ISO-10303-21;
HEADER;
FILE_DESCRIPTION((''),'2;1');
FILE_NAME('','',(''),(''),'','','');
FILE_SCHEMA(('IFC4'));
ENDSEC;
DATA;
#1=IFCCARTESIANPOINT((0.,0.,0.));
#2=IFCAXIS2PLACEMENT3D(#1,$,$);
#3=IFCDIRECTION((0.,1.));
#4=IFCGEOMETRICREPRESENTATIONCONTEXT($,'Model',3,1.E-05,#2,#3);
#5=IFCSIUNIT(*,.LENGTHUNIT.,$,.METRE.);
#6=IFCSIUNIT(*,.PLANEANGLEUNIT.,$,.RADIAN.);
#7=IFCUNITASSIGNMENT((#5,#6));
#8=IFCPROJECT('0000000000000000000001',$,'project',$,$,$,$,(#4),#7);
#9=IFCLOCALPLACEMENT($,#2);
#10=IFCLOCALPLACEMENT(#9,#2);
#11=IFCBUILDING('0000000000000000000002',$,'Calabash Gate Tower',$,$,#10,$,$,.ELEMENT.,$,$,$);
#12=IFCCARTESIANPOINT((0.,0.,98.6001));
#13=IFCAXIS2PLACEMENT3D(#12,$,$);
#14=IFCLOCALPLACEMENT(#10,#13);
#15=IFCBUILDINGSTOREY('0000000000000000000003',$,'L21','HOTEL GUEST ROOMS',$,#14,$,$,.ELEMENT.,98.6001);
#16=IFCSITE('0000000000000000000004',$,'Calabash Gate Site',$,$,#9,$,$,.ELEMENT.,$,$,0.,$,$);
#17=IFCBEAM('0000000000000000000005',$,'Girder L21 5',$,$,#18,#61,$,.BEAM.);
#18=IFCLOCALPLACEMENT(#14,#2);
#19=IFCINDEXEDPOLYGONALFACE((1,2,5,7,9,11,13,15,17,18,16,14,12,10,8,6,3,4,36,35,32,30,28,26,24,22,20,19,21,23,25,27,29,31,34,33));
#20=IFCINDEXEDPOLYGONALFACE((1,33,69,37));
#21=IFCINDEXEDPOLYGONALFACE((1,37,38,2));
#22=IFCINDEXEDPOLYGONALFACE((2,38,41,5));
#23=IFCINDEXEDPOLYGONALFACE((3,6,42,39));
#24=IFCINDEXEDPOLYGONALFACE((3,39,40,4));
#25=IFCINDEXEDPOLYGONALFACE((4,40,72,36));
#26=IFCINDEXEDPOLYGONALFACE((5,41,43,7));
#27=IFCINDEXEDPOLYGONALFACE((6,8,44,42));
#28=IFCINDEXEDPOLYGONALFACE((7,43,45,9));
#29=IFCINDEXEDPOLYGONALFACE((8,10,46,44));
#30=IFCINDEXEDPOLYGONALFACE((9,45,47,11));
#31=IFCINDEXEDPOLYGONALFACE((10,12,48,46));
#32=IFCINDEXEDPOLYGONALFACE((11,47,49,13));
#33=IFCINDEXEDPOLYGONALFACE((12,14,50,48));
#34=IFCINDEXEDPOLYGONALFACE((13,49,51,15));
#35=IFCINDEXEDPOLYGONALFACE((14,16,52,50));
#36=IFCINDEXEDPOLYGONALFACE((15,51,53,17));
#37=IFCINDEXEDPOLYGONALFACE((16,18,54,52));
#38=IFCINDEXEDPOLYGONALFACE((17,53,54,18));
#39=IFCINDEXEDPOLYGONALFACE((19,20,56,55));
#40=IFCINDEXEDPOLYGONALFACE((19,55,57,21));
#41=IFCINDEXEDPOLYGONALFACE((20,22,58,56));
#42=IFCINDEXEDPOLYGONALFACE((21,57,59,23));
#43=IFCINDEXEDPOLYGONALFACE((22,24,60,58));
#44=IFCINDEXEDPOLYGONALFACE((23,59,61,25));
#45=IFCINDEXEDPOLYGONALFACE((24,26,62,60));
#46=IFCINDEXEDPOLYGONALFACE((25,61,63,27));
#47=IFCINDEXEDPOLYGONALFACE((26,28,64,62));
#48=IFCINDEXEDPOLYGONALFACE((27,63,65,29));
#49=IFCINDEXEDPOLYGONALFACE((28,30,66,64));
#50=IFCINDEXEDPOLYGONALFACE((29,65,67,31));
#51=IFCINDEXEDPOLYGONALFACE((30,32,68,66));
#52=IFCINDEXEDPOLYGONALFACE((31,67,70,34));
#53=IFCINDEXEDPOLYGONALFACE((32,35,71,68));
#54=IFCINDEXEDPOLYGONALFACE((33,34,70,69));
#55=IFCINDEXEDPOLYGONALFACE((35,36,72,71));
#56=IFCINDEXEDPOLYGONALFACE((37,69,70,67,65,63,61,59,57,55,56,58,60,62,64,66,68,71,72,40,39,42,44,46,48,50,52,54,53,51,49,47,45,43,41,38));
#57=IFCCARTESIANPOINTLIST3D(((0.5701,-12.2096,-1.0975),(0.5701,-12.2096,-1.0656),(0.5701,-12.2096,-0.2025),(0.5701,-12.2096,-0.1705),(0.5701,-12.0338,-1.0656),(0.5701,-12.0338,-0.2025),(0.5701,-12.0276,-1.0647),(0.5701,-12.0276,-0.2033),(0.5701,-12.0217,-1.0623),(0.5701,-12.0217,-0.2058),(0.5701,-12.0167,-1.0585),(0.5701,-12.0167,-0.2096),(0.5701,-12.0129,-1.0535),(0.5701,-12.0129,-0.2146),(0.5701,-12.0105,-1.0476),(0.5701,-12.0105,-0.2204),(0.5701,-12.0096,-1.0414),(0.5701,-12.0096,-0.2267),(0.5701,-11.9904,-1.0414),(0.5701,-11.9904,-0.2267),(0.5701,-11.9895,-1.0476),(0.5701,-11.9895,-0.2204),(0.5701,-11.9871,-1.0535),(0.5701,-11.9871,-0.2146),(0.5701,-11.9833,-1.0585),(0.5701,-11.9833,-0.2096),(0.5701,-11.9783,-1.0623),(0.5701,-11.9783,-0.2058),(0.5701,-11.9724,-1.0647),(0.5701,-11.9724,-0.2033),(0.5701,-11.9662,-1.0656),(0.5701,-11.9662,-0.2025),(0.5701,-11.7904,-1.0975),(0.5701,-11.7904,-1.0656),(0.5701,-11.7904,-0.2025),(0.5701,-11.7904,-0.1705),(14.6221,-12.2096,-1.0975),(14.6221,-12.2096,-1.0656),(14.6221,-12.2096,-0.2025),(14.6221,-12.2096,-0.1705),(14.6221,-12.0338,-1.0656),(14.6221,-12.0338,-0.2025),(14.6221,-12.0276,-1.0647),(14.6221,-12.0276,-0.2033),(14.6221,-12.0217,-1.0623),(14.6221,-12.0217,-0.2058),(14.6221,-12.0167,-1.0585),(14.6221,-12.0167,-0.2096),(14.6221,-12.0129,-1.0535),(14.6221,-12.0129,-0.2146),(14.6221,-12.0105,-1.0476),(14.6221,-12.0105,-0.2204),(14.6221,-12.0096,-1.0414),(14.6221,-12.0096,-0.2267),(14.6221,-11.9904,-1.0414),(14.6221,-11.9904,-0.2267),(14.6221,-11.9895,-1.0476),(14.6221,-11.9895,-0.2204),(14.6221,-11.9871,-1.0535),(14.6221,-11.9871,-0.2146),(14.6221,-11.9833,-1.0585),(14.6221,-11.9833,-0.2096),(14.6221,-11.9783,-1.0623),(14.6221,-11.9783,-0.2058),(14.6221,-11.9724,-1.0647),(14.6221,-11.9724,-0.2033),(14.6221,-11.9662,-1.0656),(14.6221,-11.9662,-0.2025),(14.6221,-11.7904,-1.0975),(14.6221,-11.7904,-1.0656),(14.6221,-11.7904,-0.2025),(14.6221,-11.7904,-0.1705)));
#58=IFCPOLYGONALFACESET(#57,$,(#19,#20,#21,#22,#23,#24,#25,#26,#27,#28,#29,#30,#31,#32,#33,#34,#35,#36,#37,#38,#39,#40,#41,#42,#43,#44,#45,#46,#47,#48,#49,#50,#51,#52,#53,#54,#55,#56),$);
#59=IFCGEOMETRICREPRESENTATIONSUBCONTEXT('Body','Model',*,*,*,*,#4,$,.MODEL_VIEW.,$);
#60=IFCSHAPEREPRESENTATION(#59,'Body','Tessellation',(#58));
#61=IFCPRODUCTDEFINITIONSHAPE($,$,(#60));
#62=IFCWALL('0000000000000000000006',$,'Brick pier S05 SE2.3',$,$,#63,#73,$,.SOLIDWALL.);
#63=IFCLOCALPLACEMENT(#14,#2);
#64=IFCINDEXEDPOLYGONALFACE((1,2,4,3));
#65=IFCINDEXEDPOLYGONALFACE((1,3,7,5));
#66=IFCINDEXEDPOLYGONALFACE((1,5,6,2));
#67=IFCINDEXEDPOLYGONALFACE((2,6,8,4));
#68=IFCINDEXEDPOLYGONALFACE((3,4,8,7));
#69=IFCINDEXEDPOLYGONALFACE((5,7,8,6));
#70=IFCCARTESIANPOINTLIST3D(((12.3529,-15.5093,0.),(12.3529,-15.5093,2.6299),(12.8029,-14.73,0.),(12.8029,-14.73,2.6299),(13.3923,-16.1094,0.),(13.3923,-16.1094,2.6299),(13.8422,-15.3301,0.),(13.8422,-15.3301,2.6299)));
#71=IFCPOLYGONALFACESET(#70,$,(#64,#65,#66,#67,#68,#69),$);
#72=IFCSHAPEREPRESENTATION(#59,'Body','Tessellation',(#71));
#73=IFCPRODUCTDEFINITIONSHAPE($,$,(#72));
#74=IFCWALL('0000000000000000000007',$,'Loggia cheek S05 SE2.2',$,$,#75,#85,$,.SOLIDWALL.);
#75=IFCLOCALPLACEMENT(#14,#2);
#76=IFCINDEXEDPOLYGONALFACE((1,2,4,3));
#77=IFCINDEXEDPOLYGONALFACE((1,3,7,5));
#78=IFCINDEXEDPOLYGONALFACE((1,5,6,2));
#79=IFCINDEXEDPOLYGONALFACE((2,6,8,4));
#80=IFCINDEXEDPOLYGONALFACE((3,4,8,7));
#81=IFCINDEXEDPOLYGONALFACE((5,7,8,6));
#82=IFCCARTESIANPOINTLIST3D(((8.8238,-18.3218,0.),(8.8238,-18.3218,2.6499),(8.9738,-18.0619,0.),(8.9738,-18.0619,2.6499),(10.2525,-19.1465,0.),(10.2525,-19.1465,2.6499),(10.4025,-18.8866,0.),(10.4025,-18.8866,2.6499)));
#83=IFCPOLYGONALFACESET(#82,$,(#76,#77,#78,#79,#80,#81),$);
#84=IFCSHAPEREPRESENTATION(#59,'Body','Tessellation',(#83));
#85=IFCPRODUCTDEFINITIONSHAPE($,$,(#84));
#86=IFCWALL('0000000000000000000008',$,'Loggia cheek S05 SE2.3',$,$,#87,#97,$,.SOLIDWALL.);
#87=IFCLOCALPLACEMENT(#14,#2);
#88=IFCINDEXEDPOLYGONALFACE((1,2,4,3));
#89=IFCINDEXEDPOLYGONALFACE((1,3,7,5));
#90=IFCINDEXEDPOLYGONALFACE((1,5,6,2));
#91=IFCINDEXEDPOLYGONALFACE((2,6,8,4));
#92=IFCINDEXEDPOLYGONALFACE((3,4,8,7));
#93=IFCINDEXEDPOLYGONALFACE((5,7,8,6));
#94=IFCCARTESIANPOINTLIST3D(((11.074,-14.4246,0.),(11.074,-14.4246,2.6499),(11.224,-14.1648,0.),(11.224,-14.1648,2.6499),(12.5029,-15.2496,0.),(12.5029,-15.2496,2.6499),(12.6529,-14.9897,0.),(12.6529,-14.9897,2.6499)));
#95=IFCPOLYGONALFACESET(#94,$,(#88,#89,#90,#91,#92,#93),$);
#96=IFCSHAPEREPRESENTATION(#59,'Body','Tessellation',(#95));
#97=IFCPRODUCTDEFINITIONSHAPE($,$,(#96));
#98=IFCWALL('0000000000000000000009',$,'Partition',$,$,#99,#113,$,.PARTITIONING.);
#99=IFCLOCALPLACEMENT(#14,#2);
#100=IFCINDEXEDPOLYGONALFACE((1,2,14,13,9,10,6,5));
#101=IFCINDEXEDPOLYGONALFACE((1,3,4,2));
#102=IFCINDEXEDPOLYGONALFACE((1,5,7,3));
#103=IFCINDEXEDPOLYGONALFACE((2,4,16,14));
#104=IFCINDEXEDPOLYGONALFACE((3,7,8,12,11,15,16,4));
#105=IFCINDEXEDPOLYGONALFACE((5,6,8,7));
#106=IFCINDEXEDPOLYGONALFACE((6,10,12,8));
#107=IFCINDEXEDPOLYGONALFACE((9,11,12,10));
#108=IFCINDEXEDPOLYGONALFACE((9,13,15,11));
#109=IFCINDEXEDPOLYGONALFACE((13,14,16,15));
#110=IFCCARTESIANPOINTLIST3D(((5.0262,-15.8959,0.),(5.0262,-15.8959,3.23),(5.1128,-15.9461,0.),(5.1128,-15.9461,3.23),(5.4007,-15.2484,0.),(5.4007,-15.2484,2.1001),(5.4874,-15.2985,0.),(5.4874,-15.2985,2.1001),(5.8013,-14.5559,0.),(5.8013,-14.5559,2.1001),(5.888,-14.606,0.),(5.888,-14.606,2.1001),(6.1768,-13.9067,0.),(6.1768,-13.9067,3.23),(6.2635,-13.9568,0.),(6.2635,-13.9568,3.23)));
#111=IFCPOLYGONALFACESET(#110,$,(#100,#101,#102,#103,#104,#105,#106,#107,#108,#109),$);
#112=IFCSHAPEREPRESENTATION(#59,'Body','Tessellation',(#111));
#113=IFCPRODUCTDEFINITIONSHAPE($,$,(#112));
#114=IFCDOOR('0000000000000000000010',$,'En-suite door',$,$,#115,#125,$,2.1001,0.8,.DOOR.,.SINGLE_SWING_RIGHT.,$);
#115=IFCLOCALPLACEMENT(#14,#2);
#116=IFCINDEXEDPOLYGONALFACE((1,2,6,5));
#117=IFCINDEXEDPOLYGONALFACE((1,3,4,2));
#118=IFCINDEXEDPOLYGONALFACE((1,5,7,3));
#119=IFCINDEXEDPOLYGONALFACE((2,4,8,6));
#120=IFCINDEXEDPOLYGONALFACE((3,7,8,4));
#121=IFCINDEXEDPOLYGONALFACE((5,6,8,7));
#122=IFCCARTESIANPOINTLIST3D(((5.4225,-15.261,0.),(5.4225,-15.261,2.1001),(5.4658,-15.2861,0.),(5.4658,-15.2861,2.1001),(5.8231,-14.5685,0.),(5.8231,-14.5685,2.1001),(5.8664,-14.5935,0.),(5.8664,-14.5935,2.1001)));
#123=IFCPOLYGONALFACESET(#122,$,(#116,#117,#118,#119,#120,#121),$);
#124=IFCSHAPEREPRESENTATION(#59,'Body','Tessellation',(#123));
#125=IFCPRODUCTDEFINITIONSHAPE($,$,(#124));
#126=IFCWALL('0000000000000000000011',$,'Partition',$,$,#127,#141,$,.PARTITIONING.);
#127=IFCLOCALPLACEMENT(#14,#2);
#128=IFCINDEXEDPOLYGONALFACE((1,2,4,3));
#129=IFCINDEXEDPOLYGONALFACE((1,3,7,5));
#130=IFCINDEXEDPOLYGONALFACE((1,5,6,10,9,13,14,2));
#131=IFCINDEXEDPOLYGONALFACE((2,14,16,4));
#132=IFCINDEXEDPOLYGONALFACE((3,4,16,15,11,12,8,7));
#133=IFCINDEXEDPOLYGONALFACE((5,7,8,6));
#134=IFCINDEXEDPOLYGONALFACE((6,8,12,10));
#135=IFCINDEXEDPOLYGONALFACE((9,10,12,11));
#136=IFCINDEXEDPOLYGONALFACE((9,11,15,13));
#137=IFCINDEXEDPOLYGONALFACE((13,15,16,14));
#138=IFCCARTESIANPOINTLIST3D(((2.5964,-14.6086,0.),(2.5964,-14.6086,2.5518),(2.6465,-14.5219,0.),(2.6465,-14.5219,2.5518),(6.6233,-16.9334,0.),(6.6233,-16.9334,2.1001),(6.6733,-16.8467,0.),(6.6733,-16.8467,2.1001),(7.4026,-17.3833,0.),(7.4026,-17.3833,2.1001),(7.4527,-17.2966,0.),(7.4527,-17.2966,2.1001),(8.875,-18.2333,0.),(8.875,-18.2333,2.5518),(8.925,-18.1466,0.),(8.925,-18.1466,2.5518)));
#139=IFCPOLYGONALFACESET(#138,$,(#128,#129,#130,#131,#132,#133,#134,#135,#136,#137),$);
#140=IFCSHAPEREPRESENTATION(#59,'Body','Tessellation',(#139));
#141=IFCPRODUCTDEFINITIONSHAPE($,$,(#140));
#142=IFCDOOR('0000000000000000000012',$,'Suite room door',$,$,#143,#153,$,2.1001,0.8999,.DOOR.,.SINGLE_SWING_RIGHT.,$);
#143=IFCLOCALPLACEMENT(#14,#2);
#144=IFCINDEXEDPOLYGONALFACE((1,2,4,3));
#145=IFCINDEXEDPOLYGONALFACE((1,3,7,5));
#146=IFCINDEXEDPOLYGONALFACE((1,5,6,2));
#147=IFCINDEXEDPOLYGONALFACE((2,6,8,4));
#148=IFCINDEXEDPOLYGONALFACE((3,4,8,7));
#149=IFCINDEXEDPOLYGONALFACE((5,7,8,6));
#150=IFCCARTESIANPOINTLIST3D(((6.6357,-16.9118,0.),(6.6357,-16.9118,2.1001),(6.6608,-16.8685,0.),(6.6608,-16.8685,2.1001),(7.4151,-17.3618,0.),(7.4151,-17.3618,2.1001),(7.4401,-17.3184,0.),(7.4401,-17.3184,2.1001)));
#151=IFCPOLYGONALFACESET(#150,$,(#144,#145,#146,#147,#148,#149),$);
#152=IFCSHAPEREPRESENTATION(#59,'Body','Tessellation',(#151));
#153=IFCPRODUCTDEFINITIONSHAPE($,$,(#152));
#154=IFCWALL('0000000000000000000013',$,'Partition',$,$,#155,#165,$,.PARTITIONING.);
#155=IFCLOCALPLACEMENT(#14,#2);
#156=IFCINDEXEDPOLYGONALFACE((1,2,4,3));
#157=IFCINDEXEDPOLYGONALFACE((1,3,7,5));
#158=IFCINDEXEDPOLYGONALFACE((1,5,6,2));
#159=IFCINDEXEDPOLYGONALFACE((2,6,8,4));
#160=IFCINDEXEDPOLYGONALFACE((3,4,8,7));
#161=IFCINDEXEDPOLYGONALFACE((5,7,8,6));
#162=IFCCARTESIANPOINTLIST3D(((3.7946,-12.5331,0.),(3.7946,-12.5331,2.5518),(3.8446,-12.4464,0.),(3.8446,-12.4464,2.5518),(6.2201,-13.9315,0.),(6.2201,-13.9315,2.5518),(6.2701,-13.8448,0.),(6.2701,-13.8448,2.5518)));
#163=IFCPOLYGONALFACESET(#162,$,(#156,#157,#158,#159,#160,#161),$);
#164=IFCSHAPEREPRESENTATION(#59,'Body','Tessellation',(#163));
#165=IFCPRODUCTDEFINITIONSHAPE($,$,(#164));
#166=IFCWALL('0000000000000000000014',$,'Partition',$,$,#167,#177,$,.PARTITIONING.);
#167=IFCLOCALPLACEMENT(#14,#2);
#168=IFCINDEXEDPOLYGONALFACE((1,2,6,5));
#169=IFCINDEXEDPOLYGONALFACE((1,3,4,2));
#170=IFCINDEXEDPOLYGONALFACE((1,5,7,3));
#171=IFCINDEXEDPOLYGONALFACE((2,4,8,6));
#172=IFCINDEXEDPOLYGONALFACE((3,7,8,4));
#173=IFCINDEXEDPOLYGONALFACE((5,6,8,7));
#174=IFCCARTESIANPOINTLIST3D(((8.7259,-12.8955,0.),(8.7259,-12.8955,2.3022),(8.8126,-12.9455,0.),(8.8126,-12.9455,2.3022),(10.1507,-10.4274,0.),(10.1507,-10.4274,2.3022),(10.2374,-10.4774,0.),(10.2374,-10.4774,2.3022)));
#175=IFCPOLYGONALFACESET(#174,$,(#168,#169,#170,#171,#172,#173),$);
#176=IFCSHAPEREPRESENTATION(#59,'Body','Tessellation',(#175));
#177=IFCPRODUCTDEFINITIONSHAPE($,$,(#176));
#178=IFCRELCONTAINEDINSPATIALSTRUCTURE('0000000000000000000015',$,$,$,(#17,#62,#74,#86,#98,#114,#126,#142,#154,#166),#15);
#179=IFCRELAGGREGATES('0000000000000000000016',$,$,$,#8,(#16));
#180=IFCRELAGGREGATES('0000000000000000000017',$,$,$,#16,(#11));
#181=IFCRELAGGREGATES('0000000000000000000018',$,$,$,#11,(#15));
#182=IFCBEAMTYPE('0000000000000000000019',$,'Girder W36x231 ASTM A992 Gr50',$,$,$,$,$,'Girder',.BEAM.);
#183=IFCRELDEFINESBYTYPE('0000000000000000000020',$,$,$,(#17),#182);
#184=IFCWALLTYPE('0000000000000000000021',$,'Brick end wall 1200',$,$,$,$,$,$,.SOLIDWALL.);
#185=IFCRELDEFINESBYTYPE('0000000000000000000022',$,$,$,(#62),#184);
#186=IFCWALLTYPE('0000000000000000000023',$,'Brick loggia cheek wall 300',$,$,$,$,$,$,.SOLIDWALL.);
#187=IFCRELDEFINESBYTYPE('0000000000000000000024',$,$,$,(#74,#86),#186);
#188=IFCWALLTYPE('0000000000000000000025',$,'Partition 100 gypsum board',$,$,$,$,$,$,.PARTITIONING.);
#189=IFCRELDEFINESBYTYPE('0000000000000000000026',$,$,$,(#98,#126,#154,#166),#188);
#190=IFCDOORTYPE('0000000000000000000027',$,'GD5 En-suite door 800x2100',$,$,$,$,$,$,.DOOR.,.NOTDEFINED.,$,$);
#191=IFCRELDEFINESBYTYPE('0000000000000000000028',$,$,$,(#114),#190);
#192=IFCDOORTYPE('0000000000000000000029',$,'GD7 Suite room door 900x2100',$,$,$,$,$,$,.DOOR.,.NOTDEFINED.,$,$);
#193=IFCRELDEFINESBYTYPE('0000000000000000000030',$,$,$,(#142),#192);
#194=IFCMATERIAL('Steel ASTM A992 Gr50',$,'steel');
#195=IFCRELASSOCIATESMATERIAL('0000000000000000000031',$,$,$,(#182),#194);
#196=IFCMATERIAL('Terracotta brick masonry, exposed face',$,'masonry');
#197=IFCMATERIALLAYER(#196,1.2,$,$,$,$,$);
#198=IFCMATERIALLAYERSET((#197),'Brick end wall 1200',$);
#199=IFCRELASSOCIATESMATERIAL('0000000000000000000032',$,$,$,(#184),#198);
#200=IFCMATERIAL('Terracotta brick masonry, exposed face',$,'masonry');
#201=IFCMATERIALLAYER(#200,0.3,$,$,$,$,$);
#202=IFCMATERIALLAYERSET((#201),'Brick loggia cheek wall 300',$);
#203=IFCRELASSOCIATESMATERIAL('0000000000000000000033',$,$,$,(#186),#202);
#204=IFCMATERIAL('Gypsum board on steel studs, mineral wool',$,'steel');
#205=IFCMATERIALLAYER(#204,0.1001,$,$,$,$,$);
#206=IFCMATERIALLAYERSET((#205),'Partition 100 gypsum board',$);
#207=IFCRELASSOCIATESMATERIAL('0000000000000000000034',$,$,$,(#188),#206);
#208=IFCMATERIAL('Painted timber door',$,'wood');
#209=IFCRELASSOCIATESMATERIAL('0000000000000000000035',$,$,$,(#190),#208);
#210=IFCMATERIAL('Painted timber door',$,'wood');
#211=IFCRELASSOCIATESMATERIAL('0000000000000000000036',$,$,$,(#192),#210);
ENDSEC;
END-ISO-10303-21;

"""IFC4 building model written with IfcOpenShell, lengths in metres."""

from ifc_helpers import new_model, si_unit, direction, frame, frame_2d, origin, origin_2d, place, context, subcontext, project, spatial, rectangle, i_section, extrude, material, layer, layer_set, material_profile, profile_set, type_object, element, fill, save


model = new_model("IFC4")

# Units and contexts
model_context = context("Model", 3, precision=1e-05, world=origin(), true_north=direction((0.0, 1.0)))
body_context = subcontext(model_context, "Body", "Model", "MODEL_VIEW")
ifc_project = project(units=[si_unit("LENGTHUNIT", "METRE"), si_unit("PLANEANGLEUNIT", "RADIAN")], contexts=[model_context])

# Site, building, storey
site_placement = place(None, origin())
site = spatial("IfcSite", under=ifc_project, at=site_placement, Name="Calabash Gate Site", CompositionType="ELEMENT", RefElevation=0.0)
building_placement = place(site_placement, origin())
building = spatial("IfcBuilding", under=site, at=building_placement, Name="Calabash Gate Tower", CompositionType="ELEMENT")
storey_placement = place(building_placement, frame((0.0, 0.0, 98.6001)))
storey = spatial("IfcBuildingStorey", under=building, at=storey_placement, Name="L21", Description="HOTEL GUEST ROOMS", CompositionType="ELEMENT", Elevation=98.6001)

# Beam
ifc_material_1 = material(Name="Steel ASTM A992 Gr50", Category="steel")
ifc_material_profile_1 = material_profile(ifc_material_1, i_section(OverallWidth=0.4192, OverallDepth=0.927, WebThickness=0.0193, FlangeThickness=0.032, FilletRadius=0.0242, at=origin_2d()))
ifc_profile_set_1 = profile_set([ifc_material_profile_1], Name="Steel ASTM A992 Gr50")
beam_type_1 = type_object("IfcBeamType", Name="Girder W36x231 ASTM A992 Gr50", ElementType="Girder", PredefinedType="BEAM", material=ifc_profile_set_1)
beam_1_placement = place(storey_placement, frame((0.5701, -12.0, -0.634), z_axis=(1.0, 0.0, 0.0), x_axis=(0.0, 1.0, 0.0)))
element("IfcBeam", 1, at=beam_1_placement, inside=storey, type_object=beam_type_1, Name="Girder L21 5", PredefinedType="BEAM", context=body_context, shape_type="SweptSolid", body=[
    extrude(i_section(OverallWidth=0.4192, OverallDepth=0.927, WebThickness=0.0193, FlangeThickness=0.032, FilletRadius=0.0242, at=origin_2d()), origin(), (0.0, 0.0, 1.0), 14.052),
])

# Walls
ifc_material_2 = material(Name="Terracotta brick masonry, exposed face", Category="masonry")
ifc_layer_1 = layer(ifc_material_2, 1.2)
ifc_layer_set_1 = layer_set([ifc_layer_1], Name="Brick end wall 1200")
wall_type_1 = type_object("IfcWallType", Name="Brick end wall 1200", PredefinedType="SOLIDWALL", material=ifc_layer_set_1)
wall_1_placement = place(storey_placement, frame((12.5779, -15.1196, 0.0), z_axis=(0.0, 0.0, 1.0), x_axis=(0.866006, -0.500034, 0.0)))
element("IfcWall", 2, at=wall_1_placement, inside=storey, type_object=wall_type_1, Name="Brick pier S05 SE2.3", PredefinedType="SOLIDWALL", context=body_context, shape_type="SweptSolid", body=[
    extrude(rectangle(XDim=1.2002, YDim=0.8999, at=frame_2d((0.6001, 0.0))), origin(), (0.0, 0.0, 1.0), 2.6299),
])
ifc_material_3 = material(Name="Terracotta brick masonry, exposed face", Category="masonry")
ifc_layer_2 = layer(ifc_material_3, 0.3)
ifc_layer_set_2 = layer_set([ifc_layer_2], Name="Brick loggia cheek wall 300")
wall_type_2 = type_object("IfcWallType", Name="Brick loggia cheek wall 300", PredefinedType="SOLIDWALL", material=ifc_layer_set_2)
wall_2_placement = place(storey_placement, frame((8.8989, -18.1919, 0.0), z_axis=(0.0, 0.0, 1.0), x_axis=(0.866067, -0.499927, 0.0)))
element("IfcWall", 3, at=wall_2_placement, inside=storey, type_object=wall_type_2, Name="Loggia cheek S05 SE2.2", PredefinedType="SOLIDWALL", context=body_context, shape_type="SweptSolid", body=[
    extrude(rectangle(XDim=1.6497, YDim=0.3, at=frame_2d((0.8247, 0.0))), origin(), (0.0, 0.0, 1.0), 2.6499),
])
wall_3_placement = place(storey_placement, frame((12.5779, -15.1196, 0.0), z_axis=(0.0, 0.0, 1.0), x_axis=(-0.86604, 0.499974, 0.0)))
element("IfcWall", 4, at=wall_3_placement, inside=storey, type_object=wall_type_2, Name="Loggia cheek S05 SE2.3", PredefinedType="SOLIDWALL", context=body_context, shape_type="SweptSolid", body=[
    extrude(rectangle(XDim=1.6499, YDim=0.3, at=frame_2d((0.825, 0.0))), origin(), (0.0, 0.0, 1.0), 2.6499),
])

# Walls, openings, doors
ifc_material_4 = material(Name="Gypsum board on steel studs, mineral wool", Category="steel")
ifc_layer_3 = layer(ifc_material_4, 0.1001)
ifc_layer_set_3 = layer_set([ifc_layer_3], Name="Partition 100 gypsum board")
wall_type_3 = type_object("IfcWallType", Name="Partition 100 gypsum board", PredefinedType="PARTITIONING", material=ifc_layer_set_3)
wall_4_placement = place(storey_placement, frame((5.0696, -15.9209, 0.0), z_axis=(0.0, 0.0, 1.0), x_axis=(0.500697, 0.865623, 0.0)))
wall_4 = element("IfcWall", 5, at=wall_4_placement, inside=storey, type_object=wall_type_3, Name="Partition", PredefinedType="PARTITIONING", context=body_context, shape_type="SweptSolid", body=[
    extrude(rectangle(XDim=2.2981, YDim=0.1001, at=frame_2d((1.1489, 0.0))), origin(), (0.0, 0.0, 1.0), 3.23),
])
opening_1_placement = place(wall_4_placement, frame((0.748, 0.0, 0.0)))
opening_1 = element("IfcOpeningElement", 6, at=opening_1_placement, cuts=wall_4, PredefinedType="OPENING", context=body_context, shape_type="SweptSolid", body=[
    extrude(rectangle(XDim=0.8, YDim=2.1001, at=frame_2d((0.3999, 1.05))), frame((0.0, 0.0601, 0.0), z_axis=(0.0, -1.0, 0.0), x_axis=(1.0, 0.0, 0.0)), (0.0, 0.0, 1.0), 0.1201),
])
ifc_material_5 = material(Name="Painted timber door", Category="wood")
door_type_1 = type_object("IfcDoorType", Name="GD5 En-suite door 800x2100", OperationType="NOTDEFINED", PredefinedType="DOOR", material=ifc_material_5)
door_1_placement = place(opening_1_placement, origin())
door_1 = element("IfcDoor", 7, at=door_1_placement, inside=storey, type_object=door_type_1, Name="En-suite door", OperationType="SINGLE_SWING_RIGHT", OverallHeight=2.1001, OverallWidth=0.8, PredefinedType="DOOR", context=body_context, shape_type="SweptSolid", body=[
    extrude(rectangle(XDim=0.8, YDim=2.1001, at=frame_2d((0.3999, 1.05))), frame((0.0, 0.0249, 0.0), z_axis=(0.0, -1.0, 0.0), x_axis=(1.0, 0.0, 0.0)), (0.0, 0.0, 1.0), 0.05),
])
fill(opening_1, door_1)
wall_5_placement = place(storey_placement, frame((2.6213, -14.5652, 0.0), z_axis=(0.0, 0.0, 1.0), x_axis=(0.866036, -0.499982, 0.0)))
wall_5 = element("IfcWall", 8, at=wall_5_placement, inside=storey, type_object=wall_type_3, Name="Partition", PredefinedType="PARTITIONING", context=body_context, shape_type="SweptSolid", body=[
    extrude(rectangle(XDim=7.2498, YDim=0.1001, at=frame_2d((3.625, 0.0))), origin(), (0.0, 0.0, 1.0), 2.5518),
])
opening_2_placement = place(wall_5_placement, frame((4.6499, 0.0, 0.0)))
opening_2 = element("IfcOpeningElement", 9, at=opening_2_placement, cuts=wall_5, PredefinedType="OPENING", context=body_context, shape_type="SweptSolid", body=[
    extrude(rectangle(XDim=0.8999, YDim=2.1001, at=frame_2d((0.45, 1.05))), frame((0.0, 0.0601, 0.0), z_axis=(0.0, -1.0, 0.0), x_axis=(1.0, 0.0, 0.0)), (0.0, 0.0, 1.0), 0.1201),
])
ifc_material_6 = material(Name="Painted timber door", Category="wood")
door_type_2 = type_object("IfcDoorType", Name="GD7 Suite room door 900x2100", OperationType="NOTDEFINED", PredefinedType="DOOR", material=ifc_material_6)
door_2_placement = place(opening_2_placement, origin())
door_2 = element("IfcDoor", 10, at=door_2_placement, inside=storey, type_object=door_type_2, Name="Suite room door", OperationType="SINGLE_SWING_RIGHT", OverallHeight=2.1001, OverallWidth=0.8999, PredefinedType="DOOR", context=body_context, shape_type="SweptSolid", body=[
    extrude(rectangle(XDim=0.8999, YDim=2.1001, at=frame_2d((0.45, 1.05))), frame((0.0, 0.0249, 0.0), z_axis=(0.0, -1.0, 0.0), x_axis=(1.0, 0.0, 0.0)), (0.0, 0.0, 1.0), 0.05),
])
fill(opening_2, door_2)

# Walls
wall_6_placement = place(storey_placement, frame((3.8196, -12.4897, 0.0), z_axis=(0.0, 0.0, 1.0), x_axis=(0.866326, -0.499478, 0.0)))
element("IfcWall", 11, at=wall_6_placement, inside=storey, type_object=wall_type_3, Name="Partition", PredefinedType="PARTITIONING", context=body_context, shape_type="SweptSolid", body=[
    extrude(rectangle(XDim=2.7998, YDim=0.1001, at=frame_2d((1.3999, 0.0))), origin(), (0.0, 0.0, 1.0), 2.5518),
])
wall_7_placement = place(storey_placement, frame((8.7693, -12.9204, 0.0), z_axis=(0.0, 0.0, 1.0), x_axis=(0.499972, 0.866041, 0.0)))
element("IfcWall", 12, at=wall_7_placement, inside=storey, type_object=wall_type_3, Name="Partition", PredefinedType="PARTITIONING", context=body_context, shape_type="SweptSolid", body=[
    extrude(rectangle(XDim=2.8499, YDim=0.1001, at=frame_2d((1.4248, 0.0))), origin(), (0.0, 0.0, 1.0), 2.3022),
])

save(model, "model.ifc")
